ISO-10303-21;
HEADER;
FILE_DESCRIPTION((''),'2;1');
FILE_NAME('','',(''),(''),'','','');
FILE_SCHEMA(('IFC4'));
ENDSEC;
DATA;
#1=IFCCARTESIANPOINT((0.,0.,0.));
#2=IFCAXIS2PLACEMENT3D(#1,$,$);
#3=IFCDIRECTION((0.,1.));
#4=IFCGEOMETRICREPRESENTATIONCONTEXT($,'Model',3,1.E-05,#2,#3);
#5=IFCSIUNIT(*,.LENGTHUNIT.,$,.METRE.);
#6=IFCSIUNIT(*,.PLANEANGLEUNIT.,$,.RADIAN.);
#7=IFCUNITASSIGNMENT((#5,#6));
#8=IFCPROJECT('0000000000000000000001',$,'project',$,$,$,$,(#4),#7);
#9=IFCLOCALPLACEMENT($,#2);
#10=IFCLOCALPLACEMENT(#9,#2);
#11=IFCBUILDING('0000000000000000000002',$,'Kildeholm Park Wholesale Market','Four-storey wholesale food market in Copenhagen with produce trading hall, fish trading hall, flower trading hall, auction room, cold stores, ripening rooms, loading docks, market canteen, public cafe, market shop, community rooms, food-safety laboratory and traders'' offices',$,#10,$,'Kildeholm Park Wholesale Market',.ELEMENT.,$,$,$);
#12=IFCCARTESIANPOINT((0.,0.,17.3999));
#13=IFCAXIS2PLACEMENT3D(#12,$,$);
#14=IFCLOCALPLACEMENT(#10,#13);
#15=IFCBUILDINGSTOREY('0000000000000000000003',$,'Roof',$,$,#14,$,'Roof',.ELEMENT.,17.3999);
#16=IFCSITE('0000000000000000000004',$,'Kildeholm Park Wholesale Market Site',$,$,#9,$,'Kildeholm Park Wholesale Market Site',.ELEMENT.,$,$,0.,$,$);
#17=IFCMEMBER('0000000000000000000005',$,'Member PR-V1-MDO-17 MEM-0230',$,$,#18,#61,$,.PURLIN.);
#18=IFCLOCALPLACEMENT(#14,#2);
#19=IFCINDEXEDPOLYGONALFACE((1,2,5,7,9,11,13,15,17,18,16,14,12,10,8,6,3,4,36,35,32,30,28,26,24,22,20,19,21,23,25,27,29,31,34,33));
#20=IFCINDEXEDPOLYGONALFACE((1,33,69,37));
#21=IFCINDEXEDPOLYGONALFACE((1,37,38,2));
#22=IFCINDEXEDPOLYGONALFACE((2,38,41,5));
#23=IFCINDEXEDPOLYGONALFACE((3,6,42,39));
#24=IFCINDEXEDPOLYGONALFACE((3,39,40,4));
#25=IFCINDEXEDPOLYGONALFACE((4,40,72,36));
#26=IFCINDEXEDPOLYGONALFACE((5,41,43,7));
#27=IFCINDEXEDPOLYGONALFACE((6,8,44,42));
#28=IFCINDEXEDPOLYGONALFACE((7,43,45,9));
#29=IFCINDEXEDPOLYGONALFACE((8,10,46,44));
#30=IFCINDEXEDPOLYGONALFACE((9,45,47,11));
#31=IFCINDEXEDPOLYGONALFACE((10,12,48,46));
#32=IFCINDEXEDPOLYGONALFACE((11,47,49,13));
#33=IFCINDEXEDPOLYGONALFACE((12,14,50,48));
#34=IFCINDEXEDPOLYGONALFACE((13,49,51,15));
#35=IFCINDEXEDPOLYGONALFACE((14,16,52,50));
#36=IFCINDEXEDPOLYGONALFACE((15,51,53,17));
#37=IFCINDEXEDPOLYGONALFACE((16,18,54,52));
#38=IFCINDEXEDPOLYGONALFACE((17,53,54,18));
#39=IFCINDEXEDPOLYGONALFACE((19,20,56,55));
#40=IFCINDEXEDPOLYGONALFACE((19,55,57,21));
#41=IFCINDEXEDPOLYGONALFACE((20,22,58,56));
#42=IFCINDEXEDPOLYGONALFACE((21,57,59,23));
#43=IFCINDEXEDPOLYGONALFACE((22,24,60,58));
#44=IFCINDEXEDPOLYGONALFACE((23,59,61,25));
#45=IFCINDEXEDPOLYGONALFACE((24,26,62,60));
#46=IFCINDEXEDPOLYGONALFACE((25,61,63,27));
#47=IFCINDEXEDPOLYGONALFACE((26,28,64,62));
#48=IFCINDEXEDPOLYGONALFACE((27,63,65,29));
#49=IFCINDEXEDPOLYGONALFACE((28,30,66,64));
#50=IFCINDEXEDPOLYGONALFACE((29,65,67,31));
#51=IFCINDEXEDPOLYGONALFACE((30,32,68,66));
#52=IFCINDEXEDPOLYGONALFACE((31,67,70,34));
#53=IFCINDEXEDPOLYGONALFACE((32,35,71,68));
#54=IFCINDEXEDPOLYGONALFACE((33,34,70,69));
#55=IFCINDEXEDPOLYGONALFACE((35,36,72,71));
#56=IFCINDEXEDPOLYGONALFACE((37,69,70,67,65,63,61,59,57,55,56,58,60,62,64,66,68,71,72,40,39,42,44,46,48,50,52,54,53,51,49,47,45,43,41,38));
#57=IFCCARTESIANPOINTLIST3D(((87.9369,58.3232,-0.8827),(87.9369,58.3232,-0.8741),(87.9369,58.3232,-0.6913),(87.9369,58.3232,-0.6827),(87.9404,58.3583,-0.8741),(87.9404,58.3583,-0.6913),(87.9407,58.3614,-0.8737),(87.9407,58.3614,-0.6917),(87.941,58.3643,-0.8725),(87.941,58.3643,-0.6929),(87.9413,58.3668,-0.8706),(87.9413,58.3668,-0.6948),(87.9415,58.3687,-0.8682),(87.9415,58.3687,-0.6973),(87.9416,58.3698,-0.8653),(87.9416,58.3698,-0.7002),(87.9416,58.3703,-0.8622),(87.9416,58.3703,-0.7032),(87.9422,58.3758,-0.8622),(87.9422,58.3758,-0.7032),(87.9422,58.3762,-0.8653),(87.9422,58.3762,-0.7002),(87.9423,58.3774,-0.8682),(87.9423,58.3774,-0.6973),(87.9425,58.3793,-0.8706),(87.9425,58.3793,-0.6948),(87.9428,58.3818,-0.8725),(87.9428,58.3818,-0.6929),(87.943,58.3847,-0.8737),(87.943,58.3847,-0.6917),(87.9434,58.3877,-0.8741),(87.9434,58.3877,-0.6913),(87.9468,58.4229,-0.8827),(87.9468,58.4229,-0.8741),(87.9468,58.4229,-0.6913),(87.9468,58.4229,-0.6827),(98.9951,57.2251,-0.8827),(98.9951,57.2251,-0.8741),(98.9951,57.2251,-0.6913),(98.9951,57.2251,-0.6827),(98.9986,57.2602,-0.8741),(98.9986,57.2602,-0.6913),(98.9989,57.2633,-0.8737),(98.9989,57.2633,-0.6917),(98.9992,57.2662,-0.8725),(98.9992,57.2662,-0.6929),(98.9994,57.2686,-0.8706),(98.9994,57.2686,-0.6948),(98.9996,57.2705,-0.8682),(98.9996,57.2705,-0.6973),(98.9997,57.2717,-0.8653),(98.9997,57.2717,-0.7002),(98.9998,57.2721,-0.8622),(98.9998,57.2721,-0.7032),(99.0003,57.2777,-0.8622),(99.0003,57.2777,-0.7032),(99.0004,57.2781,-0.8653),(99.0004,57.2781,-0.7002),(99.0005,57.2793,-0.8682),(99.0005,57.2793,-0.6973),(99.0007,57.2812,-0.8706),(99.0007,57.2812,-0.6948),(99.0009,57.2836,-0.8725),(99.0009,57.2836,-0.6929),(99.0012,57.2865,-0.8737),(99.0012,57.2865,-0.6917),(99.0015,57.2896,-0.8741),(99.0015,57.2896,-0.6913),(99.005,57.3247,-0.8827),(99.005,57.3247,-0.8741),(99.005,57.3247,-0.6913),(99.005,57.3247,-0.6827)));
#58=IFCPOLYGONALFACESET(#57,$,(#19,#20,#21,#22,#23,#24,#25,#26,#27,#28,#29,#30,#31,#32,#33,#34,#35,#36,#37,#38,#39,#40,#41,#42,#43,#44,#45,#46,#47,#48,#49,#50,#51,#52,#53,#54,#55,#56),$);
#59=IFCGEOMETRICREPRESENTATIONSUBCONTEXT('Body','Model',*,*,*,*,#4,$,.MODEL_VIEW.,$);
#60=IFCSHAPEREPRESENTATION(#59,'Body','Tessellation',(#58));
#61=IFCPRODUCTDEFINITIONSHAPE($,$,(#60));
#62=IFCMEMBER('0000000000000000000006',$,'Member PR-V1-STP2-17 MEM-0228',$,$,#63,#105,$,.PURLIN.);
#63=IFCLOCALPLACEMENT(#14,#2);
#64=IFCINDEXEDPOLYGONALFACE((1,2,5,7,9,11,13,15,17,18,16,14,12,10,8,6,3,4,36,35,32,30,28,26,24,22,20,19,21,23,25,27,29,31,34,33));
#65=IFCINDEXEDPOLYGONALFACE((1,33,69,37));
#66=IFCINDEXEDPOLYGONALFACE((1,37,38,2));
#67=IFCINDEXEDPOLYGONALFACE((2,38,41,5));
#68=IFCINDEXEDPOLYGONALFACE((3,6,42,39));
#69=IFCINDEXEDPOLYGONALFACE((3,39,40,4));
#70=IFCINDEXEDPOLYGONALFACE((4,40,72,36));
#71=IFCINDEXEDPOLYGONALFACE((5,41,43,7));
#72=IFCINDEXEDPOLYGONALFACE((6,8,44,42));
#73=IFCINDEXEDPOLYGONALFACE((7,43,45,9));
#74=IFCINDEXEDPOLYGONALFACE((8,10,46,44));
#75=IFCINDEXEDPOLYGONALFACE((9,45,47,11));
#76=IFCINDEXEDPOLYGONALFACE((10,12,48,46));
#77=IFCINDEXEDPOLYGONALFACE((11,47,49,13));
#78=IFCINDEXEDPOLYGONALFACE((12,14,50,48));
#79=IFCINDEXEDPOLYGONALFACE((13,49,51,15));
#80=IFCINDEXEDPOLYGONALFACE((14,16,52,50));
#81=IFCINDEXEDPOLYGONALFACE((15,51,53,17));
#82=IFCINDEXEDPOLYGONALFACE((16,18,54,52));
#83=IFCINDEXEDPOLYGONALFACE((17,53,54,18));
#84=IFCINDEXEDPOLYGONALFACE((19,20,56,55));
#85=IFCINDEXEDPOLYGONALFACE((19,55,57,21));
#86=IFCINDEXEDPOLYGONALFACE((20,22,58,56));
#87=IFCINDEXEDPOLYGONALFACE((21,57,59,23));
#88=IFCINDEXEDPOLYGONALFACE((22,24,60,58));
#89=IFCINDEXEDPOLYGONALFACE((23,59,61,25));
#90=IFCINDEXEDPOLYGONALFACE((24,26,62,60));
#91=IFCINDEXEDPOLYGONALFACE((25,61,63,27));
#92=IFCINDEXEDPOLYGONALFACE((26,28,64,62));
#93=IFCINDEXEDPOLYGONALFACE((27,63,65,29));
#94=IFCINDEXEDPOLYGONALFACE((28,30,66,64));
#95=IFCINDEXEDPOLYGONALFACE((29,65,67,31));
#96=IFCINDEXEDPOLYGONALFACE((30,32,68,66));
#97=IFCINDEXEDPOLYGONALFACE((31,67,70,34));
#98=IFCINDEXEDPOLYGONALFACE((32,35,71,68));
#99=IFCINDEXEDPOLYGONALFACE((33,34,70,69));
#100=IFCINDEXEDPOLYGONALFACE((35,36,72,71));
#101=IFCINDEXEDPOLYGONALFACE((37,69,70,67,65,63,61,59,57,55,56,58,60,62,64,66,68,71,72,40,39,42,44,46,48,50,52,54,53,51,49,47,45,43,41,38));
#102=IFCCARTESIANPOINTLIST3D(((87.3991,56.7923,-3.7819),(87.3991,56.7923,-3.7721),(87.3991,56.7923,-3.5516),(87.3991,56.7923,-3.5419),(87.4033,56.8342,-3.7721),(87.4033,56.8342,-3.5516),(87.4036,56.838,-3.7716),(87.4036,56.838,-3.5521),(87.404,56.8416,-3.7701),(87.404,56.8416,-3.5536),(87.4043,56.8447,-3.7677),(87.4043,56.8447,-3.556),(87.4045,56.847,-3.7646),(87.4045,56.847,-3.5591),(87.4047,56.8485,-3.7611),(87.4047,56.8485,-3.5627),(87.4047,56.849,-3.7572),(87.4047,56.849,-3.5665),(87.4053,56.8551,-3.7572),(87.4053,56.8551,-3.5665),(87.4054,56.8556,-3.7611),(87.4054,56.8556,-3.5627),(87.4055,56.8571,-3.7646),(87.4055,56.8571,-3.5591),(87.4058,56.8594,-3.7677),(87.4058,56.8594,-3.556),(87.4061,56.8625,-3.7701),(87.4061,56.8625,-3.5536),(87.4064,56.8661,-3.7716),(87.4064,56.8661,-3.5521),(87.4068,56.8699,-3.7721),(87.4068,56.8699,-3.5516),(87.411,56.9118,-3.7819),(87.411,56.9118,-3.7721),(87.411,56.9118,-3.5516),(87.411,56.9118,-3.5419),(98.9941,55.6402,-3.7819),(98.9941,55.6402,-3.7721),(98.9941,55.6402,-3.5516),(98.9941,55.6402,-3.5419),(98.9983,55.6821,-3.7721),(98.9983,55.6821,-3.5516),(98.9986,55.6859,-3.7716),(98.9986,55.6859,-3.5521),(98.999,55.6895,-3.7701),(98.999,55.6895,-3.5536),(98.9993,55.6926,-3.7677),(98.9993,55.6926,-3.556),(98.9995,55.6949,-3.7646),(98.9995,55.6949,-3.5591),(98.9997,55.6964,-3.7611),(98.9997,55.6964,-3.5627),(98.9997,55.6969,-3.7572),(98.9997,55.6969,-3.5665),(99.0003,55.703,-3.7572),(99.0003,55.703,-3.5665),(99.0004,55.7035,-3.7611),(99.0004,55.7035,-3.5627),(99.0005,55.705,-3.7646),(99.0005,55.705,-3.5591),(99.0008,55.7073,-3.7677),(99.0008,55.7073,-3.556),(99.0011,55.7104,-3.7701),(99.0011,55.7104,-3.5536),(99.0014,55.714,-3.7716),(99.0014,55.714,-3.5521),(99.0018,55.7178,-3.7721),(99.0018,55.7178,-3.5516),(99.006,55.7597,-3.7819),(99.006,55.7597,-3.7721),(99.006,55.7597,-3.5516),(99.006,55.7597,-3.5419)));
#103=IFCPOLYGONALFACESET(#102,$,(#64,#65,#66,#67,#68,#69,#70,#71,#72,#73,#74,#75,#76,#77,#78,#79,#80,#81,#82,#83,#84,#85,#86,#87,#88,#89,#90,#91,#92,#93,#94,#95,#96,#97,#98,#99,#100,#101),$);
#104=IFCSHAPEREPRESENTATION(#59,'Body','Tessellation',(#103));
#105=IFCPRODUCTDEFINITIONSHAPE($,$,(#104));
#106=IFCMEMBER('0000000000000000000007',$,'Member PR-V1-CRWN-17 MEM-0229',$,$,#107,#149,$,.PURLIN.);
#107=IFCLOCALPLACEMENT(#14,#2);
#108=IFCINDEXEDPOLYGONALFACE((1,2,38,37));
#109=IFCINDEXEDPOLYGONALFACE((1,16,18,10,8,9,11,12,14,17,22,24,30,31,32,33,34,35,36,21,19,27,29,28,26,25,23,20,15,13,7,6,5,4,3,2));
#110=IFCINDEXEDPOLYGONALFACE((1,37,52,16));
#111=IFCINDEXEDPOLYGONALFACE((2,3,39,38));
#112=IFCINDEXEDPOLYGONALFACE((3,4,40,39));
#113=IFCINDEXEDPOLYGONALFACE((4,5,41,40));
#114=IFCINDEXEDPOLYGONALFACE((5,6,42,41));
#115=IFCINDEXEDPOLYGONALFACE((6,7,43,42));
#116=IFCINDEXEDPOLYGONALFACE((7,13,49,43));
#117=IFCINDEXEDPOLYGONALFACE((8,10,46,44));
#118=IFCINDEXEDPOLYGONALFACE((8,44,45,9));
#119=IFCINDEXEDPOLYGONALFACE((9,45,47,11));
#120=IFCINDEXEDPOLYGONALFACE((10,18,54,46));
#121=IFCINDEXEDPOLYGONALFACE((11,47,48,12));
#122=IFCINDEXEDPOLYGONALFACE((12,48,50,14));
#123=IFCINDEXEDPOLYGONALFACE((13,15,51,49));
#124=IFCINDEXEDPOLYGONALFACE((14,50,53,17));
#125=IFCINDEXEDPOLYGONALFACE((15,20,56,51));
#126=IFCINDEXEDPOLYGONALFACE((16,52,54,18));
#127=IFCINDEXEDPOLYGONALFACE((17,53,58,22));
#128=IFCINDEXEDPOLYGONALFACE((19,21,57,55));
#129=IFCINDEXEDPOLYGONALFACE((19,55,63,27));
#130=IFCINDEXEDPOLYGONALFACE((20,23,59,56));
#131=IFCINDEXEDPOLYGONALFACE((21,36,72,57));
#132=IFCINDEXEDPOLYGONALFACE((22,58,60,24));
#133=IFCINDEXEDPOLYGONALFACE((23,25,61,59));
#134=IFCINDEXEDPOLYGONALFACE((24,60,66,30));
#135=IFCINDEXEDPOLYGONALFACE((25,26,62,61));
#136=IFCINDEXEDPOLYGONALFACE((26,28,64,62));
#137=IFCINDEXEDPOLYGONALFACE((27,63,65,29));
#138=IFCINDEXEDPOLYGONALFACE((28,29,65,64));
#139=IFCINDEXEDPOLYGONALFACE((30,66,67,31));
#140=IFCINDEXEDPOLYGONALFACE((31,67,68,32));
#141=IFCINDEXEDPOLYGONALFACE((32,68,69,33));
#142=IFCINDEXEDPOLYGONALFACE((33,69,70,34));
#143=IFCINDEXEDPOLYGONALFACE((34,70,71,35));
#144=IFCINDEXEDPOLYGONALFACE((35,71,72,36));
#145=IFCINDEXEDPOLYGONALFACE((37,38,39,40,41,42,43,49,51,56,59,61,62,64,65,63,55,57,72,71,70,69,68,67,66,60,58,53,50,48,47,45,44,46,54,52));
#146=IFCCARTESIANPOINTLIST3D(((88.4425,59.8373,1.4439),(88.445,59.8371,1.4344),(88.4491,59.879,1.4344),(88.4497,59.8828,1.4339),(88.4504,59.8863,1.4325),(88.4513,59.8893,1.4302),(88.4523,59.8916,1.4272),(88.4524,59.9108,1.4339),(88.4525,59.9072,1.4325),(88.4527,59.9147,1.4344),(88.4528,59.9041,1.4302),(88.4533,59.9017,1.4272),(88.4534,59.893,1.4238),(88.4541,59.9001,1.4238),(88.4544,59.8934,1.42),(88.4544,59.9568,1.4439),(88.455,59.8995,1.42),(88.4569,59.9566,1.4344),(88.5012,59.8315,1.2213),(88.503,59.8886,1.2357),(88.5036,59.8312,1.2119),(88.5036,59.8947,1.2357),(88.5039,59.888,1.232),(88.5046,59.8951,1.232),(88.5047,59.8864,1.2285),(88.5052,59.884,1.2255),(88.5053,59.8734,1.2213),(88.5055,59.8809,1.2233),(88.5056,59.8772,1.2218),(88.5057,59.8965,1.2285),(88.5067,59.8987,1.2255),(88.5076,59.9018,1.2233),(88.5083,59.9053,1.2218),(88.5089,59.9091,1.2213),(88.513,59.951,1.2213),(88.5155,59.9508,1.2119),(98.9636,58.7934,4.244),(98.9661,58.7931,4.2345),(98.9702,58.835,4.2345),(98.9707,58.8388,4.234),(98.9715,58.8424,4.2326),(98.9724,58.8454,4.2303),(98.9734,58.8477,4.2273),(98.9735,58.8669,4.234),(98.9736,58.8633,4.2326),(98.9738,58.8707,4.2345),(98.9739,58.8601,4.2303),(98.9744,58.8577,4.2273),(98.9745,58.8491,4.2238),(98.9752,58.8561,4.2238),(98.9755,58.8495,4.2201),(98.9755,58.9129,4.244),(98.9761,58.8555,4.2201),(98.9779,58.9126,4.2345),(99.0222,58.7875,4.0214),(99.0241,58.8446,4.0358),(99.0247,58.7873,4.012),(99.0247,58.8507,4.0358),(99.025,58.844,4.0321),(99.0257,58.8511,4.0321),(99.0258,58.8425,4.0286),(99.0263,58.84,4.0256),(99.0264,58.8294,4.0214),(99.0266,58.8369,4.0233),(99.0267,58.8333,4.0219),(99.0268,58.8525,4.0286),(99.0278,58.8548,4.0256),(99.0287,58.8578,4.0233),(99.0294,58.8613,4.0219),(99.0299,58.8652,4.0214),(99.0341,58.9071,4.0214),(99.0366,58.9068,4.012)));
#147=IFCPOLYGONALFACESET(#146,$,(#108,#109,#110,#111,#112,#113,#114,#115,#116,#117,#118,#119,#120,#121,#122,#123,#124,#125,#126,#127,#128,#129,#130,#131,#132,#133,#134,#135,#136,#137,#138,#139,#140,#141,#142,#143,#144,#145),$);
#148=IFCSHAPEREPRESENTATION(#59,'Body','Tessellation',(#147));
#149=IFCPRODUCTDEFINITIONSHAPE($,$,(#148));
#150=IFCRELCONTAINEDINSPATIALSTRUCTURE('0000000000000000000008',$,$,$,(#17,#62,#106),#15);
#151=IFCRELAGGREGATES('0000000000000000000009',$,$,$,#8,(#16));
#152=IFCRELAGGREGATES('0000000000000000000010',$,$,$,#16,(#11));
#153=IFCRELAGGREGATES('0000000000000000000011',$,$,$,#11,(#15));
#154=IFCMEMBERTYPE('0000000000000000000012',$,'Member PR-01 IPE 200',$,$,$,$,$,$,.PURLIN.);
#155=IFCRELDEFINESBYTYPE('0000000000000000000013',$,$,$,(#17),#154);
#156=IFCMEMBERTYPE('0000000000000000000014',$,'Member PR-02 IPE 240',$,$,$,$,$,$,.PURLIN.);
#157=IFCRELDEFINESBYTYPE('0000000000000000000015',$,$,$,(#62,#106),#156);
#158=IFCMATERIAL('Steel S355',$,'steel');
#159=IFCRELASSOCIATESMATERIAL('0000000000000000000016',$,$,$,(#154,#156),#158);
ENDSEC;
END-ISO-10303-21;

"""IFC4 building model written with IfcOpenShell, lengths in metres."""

from ifc_helpers import new_model, si_unit, direction, frame, origin, origin_2d, place, context, subcontext, project, spatial, i_section, extrude, material, material_profile, profile_set, type_object, element, save


model = new_model("IFC4")

# Units and contexts
model_context = context("Model", 3, precision=1e-05, world=origin(), true_north=direction((0.0, 1.0)))
body_context = subcontext(model_context, "Body", "Model", "MODEL_VIEW")
ifc_project = project(units=[si_unit("LENGTHUNIT", "METRE"), si_unit("PLANEANGLEUNIT", "RADIAN")], contexts=[model_context])

# Site, building, storey
site_placement = place(None, origin())
site = spatial("IfcSite", under=ifc_project, at=site_placement, Name="Kildeholm Park Wholesale Market Site", LongName="Kildeholm Park Wholesale Market Site", CompositionType="ELEMENT", RefElevation=0.0)
building_placement = place(site_placement, origin())
building = spatial("IfcBuilding", under=site, at=building_placement, Name="Kildeholm Park Wholesale Market", Description="Four-storey wholesale food market in Copenhagen with produce trading hall, fish trading hall, flower trading hall, auction room, cold stores, ripening rooms, loading docks, market canteen, public cafe, market shop, community rooms, food-safety laboratory and traders' offices", LongName="Kildeholm Park Wholesale Market", CompositionType="ELEMENT")
storey_placement = place(building_placement, frame((0.0, 0.0, 17.3999)))
storey = spatial("IfcBuildingStorey", under=building, at=storey_placement, Name="Roof", LongName="Roof", CompositionType="ELEMENT", Elevation=17.3999)

# Members
ifc_material_1 = material(Name="Steel S355", Category="steel")
ifc_material_profile_1 = material_profile(ifc_material_1, i_section(OverallWidth=0.1001, OverallDepth=0.2, WebThickness=0.0056, FlangeThickness=0.0085, FilletRadius=0.012, at=origin_2d()), Name="IPE 200")
ifc_profile_set_1 = profile_set([ifc_material_profile_1], Name="Steel S355")
member_type_1 = type_object("IfcMemberType", Name="Member PR-01 IPE 200", PredefinedType="PURLIN", material=ifc_profile_set_1)
member_1_placement = place(storey_placement, frame((87.9419, 58.373, -0.7827), z_axis=(0.995105, -0.098821, 0.0), x_axis=(0.098821, 0.995105, 0.0)))
element("IfcMember", 1, at=member_1_placement, inside=storey, type_object=member_type_1, Name="Member PR-V1-MDO-17 MEM-0230", PredefinedType="PURLIN", context=body_context, shape_type="SweptSolid", body=[
    extrude(i_section(OverallWidth=0.1001, OverallDepth=0.2, WebThickness=0.0056, FlangeThickness=0.0085, FilletRadius=0.012, at=origin_2d()), origin(), (0.0, 0.0, 1.0), 11.1125),
])
ifc_material_profile_2 = material_profile(ifc_material_1, i_section(OverallWidth=0.1201, OverallDepth=0.24, WebThickness=0.0061, FlangeThickness=0.0098, FilletRadius=0.0149, at=origin_2d()), Name="IPE 240")
ifc_profile_set_2 = profile_set([ifc_material_profile_2], Name="Steel S355")
member_type_2 = type_object("IfcMemberType", Name="Member PR-02 IPE 240", PredefinedType="PURLIN", material=ifc_profile_set_2)
member_2_placement = place(storey_placement, frame((87.405, 56.8521, -3.6619), z_axis=(0.9951, -0.098875, 0.0), x_axis=(0.098875, 0.9951, 0.0)))
element("IfcMember", 2, at=member_2_placement, inside=storey, type_object=member_type_2, Name="Member PR-V1-STP2-17 MEM-0228", PredefinedType="PURLIN", context=body_context, shape_type="SweptSolid", body=[
    extrude(i_section(OverallWidth=0.1201, OverallDepth=0.24, WebThickness=0.0061, FlangeThickness=0.0098, FilletRadius=0.0149, at=origin_2d()), origin(), (0.0, 0.0, 1.0), 11.6521),
])
member_3_placement = place(storey_placement, frame((88.479, 59.894, 1.3279), z_axis=(0.96195, -0.095449, 0.256012), x_axis=(0.09874, 0.995113, 0.0)))
element("IfcMember", 3, at=member_3_placement, inside=storey, type_object=member_type_2, Name="Member PR-V1-CRWN-17 MEM-0229", PredefinedType="PURLIN", context=body_context, shape_type="SweptSolid", body=[
    extrude(i_section(OverallWidth=0.1201, OverallDepth=0.24, WebThickness=0.0061, FlangeThickness=0.0098, FilletRadius=0.0149, at=origin_2d()), origin(), (0.0, 0.0, 1.0), 10.9373),
])

save(model, "model.ifc")
